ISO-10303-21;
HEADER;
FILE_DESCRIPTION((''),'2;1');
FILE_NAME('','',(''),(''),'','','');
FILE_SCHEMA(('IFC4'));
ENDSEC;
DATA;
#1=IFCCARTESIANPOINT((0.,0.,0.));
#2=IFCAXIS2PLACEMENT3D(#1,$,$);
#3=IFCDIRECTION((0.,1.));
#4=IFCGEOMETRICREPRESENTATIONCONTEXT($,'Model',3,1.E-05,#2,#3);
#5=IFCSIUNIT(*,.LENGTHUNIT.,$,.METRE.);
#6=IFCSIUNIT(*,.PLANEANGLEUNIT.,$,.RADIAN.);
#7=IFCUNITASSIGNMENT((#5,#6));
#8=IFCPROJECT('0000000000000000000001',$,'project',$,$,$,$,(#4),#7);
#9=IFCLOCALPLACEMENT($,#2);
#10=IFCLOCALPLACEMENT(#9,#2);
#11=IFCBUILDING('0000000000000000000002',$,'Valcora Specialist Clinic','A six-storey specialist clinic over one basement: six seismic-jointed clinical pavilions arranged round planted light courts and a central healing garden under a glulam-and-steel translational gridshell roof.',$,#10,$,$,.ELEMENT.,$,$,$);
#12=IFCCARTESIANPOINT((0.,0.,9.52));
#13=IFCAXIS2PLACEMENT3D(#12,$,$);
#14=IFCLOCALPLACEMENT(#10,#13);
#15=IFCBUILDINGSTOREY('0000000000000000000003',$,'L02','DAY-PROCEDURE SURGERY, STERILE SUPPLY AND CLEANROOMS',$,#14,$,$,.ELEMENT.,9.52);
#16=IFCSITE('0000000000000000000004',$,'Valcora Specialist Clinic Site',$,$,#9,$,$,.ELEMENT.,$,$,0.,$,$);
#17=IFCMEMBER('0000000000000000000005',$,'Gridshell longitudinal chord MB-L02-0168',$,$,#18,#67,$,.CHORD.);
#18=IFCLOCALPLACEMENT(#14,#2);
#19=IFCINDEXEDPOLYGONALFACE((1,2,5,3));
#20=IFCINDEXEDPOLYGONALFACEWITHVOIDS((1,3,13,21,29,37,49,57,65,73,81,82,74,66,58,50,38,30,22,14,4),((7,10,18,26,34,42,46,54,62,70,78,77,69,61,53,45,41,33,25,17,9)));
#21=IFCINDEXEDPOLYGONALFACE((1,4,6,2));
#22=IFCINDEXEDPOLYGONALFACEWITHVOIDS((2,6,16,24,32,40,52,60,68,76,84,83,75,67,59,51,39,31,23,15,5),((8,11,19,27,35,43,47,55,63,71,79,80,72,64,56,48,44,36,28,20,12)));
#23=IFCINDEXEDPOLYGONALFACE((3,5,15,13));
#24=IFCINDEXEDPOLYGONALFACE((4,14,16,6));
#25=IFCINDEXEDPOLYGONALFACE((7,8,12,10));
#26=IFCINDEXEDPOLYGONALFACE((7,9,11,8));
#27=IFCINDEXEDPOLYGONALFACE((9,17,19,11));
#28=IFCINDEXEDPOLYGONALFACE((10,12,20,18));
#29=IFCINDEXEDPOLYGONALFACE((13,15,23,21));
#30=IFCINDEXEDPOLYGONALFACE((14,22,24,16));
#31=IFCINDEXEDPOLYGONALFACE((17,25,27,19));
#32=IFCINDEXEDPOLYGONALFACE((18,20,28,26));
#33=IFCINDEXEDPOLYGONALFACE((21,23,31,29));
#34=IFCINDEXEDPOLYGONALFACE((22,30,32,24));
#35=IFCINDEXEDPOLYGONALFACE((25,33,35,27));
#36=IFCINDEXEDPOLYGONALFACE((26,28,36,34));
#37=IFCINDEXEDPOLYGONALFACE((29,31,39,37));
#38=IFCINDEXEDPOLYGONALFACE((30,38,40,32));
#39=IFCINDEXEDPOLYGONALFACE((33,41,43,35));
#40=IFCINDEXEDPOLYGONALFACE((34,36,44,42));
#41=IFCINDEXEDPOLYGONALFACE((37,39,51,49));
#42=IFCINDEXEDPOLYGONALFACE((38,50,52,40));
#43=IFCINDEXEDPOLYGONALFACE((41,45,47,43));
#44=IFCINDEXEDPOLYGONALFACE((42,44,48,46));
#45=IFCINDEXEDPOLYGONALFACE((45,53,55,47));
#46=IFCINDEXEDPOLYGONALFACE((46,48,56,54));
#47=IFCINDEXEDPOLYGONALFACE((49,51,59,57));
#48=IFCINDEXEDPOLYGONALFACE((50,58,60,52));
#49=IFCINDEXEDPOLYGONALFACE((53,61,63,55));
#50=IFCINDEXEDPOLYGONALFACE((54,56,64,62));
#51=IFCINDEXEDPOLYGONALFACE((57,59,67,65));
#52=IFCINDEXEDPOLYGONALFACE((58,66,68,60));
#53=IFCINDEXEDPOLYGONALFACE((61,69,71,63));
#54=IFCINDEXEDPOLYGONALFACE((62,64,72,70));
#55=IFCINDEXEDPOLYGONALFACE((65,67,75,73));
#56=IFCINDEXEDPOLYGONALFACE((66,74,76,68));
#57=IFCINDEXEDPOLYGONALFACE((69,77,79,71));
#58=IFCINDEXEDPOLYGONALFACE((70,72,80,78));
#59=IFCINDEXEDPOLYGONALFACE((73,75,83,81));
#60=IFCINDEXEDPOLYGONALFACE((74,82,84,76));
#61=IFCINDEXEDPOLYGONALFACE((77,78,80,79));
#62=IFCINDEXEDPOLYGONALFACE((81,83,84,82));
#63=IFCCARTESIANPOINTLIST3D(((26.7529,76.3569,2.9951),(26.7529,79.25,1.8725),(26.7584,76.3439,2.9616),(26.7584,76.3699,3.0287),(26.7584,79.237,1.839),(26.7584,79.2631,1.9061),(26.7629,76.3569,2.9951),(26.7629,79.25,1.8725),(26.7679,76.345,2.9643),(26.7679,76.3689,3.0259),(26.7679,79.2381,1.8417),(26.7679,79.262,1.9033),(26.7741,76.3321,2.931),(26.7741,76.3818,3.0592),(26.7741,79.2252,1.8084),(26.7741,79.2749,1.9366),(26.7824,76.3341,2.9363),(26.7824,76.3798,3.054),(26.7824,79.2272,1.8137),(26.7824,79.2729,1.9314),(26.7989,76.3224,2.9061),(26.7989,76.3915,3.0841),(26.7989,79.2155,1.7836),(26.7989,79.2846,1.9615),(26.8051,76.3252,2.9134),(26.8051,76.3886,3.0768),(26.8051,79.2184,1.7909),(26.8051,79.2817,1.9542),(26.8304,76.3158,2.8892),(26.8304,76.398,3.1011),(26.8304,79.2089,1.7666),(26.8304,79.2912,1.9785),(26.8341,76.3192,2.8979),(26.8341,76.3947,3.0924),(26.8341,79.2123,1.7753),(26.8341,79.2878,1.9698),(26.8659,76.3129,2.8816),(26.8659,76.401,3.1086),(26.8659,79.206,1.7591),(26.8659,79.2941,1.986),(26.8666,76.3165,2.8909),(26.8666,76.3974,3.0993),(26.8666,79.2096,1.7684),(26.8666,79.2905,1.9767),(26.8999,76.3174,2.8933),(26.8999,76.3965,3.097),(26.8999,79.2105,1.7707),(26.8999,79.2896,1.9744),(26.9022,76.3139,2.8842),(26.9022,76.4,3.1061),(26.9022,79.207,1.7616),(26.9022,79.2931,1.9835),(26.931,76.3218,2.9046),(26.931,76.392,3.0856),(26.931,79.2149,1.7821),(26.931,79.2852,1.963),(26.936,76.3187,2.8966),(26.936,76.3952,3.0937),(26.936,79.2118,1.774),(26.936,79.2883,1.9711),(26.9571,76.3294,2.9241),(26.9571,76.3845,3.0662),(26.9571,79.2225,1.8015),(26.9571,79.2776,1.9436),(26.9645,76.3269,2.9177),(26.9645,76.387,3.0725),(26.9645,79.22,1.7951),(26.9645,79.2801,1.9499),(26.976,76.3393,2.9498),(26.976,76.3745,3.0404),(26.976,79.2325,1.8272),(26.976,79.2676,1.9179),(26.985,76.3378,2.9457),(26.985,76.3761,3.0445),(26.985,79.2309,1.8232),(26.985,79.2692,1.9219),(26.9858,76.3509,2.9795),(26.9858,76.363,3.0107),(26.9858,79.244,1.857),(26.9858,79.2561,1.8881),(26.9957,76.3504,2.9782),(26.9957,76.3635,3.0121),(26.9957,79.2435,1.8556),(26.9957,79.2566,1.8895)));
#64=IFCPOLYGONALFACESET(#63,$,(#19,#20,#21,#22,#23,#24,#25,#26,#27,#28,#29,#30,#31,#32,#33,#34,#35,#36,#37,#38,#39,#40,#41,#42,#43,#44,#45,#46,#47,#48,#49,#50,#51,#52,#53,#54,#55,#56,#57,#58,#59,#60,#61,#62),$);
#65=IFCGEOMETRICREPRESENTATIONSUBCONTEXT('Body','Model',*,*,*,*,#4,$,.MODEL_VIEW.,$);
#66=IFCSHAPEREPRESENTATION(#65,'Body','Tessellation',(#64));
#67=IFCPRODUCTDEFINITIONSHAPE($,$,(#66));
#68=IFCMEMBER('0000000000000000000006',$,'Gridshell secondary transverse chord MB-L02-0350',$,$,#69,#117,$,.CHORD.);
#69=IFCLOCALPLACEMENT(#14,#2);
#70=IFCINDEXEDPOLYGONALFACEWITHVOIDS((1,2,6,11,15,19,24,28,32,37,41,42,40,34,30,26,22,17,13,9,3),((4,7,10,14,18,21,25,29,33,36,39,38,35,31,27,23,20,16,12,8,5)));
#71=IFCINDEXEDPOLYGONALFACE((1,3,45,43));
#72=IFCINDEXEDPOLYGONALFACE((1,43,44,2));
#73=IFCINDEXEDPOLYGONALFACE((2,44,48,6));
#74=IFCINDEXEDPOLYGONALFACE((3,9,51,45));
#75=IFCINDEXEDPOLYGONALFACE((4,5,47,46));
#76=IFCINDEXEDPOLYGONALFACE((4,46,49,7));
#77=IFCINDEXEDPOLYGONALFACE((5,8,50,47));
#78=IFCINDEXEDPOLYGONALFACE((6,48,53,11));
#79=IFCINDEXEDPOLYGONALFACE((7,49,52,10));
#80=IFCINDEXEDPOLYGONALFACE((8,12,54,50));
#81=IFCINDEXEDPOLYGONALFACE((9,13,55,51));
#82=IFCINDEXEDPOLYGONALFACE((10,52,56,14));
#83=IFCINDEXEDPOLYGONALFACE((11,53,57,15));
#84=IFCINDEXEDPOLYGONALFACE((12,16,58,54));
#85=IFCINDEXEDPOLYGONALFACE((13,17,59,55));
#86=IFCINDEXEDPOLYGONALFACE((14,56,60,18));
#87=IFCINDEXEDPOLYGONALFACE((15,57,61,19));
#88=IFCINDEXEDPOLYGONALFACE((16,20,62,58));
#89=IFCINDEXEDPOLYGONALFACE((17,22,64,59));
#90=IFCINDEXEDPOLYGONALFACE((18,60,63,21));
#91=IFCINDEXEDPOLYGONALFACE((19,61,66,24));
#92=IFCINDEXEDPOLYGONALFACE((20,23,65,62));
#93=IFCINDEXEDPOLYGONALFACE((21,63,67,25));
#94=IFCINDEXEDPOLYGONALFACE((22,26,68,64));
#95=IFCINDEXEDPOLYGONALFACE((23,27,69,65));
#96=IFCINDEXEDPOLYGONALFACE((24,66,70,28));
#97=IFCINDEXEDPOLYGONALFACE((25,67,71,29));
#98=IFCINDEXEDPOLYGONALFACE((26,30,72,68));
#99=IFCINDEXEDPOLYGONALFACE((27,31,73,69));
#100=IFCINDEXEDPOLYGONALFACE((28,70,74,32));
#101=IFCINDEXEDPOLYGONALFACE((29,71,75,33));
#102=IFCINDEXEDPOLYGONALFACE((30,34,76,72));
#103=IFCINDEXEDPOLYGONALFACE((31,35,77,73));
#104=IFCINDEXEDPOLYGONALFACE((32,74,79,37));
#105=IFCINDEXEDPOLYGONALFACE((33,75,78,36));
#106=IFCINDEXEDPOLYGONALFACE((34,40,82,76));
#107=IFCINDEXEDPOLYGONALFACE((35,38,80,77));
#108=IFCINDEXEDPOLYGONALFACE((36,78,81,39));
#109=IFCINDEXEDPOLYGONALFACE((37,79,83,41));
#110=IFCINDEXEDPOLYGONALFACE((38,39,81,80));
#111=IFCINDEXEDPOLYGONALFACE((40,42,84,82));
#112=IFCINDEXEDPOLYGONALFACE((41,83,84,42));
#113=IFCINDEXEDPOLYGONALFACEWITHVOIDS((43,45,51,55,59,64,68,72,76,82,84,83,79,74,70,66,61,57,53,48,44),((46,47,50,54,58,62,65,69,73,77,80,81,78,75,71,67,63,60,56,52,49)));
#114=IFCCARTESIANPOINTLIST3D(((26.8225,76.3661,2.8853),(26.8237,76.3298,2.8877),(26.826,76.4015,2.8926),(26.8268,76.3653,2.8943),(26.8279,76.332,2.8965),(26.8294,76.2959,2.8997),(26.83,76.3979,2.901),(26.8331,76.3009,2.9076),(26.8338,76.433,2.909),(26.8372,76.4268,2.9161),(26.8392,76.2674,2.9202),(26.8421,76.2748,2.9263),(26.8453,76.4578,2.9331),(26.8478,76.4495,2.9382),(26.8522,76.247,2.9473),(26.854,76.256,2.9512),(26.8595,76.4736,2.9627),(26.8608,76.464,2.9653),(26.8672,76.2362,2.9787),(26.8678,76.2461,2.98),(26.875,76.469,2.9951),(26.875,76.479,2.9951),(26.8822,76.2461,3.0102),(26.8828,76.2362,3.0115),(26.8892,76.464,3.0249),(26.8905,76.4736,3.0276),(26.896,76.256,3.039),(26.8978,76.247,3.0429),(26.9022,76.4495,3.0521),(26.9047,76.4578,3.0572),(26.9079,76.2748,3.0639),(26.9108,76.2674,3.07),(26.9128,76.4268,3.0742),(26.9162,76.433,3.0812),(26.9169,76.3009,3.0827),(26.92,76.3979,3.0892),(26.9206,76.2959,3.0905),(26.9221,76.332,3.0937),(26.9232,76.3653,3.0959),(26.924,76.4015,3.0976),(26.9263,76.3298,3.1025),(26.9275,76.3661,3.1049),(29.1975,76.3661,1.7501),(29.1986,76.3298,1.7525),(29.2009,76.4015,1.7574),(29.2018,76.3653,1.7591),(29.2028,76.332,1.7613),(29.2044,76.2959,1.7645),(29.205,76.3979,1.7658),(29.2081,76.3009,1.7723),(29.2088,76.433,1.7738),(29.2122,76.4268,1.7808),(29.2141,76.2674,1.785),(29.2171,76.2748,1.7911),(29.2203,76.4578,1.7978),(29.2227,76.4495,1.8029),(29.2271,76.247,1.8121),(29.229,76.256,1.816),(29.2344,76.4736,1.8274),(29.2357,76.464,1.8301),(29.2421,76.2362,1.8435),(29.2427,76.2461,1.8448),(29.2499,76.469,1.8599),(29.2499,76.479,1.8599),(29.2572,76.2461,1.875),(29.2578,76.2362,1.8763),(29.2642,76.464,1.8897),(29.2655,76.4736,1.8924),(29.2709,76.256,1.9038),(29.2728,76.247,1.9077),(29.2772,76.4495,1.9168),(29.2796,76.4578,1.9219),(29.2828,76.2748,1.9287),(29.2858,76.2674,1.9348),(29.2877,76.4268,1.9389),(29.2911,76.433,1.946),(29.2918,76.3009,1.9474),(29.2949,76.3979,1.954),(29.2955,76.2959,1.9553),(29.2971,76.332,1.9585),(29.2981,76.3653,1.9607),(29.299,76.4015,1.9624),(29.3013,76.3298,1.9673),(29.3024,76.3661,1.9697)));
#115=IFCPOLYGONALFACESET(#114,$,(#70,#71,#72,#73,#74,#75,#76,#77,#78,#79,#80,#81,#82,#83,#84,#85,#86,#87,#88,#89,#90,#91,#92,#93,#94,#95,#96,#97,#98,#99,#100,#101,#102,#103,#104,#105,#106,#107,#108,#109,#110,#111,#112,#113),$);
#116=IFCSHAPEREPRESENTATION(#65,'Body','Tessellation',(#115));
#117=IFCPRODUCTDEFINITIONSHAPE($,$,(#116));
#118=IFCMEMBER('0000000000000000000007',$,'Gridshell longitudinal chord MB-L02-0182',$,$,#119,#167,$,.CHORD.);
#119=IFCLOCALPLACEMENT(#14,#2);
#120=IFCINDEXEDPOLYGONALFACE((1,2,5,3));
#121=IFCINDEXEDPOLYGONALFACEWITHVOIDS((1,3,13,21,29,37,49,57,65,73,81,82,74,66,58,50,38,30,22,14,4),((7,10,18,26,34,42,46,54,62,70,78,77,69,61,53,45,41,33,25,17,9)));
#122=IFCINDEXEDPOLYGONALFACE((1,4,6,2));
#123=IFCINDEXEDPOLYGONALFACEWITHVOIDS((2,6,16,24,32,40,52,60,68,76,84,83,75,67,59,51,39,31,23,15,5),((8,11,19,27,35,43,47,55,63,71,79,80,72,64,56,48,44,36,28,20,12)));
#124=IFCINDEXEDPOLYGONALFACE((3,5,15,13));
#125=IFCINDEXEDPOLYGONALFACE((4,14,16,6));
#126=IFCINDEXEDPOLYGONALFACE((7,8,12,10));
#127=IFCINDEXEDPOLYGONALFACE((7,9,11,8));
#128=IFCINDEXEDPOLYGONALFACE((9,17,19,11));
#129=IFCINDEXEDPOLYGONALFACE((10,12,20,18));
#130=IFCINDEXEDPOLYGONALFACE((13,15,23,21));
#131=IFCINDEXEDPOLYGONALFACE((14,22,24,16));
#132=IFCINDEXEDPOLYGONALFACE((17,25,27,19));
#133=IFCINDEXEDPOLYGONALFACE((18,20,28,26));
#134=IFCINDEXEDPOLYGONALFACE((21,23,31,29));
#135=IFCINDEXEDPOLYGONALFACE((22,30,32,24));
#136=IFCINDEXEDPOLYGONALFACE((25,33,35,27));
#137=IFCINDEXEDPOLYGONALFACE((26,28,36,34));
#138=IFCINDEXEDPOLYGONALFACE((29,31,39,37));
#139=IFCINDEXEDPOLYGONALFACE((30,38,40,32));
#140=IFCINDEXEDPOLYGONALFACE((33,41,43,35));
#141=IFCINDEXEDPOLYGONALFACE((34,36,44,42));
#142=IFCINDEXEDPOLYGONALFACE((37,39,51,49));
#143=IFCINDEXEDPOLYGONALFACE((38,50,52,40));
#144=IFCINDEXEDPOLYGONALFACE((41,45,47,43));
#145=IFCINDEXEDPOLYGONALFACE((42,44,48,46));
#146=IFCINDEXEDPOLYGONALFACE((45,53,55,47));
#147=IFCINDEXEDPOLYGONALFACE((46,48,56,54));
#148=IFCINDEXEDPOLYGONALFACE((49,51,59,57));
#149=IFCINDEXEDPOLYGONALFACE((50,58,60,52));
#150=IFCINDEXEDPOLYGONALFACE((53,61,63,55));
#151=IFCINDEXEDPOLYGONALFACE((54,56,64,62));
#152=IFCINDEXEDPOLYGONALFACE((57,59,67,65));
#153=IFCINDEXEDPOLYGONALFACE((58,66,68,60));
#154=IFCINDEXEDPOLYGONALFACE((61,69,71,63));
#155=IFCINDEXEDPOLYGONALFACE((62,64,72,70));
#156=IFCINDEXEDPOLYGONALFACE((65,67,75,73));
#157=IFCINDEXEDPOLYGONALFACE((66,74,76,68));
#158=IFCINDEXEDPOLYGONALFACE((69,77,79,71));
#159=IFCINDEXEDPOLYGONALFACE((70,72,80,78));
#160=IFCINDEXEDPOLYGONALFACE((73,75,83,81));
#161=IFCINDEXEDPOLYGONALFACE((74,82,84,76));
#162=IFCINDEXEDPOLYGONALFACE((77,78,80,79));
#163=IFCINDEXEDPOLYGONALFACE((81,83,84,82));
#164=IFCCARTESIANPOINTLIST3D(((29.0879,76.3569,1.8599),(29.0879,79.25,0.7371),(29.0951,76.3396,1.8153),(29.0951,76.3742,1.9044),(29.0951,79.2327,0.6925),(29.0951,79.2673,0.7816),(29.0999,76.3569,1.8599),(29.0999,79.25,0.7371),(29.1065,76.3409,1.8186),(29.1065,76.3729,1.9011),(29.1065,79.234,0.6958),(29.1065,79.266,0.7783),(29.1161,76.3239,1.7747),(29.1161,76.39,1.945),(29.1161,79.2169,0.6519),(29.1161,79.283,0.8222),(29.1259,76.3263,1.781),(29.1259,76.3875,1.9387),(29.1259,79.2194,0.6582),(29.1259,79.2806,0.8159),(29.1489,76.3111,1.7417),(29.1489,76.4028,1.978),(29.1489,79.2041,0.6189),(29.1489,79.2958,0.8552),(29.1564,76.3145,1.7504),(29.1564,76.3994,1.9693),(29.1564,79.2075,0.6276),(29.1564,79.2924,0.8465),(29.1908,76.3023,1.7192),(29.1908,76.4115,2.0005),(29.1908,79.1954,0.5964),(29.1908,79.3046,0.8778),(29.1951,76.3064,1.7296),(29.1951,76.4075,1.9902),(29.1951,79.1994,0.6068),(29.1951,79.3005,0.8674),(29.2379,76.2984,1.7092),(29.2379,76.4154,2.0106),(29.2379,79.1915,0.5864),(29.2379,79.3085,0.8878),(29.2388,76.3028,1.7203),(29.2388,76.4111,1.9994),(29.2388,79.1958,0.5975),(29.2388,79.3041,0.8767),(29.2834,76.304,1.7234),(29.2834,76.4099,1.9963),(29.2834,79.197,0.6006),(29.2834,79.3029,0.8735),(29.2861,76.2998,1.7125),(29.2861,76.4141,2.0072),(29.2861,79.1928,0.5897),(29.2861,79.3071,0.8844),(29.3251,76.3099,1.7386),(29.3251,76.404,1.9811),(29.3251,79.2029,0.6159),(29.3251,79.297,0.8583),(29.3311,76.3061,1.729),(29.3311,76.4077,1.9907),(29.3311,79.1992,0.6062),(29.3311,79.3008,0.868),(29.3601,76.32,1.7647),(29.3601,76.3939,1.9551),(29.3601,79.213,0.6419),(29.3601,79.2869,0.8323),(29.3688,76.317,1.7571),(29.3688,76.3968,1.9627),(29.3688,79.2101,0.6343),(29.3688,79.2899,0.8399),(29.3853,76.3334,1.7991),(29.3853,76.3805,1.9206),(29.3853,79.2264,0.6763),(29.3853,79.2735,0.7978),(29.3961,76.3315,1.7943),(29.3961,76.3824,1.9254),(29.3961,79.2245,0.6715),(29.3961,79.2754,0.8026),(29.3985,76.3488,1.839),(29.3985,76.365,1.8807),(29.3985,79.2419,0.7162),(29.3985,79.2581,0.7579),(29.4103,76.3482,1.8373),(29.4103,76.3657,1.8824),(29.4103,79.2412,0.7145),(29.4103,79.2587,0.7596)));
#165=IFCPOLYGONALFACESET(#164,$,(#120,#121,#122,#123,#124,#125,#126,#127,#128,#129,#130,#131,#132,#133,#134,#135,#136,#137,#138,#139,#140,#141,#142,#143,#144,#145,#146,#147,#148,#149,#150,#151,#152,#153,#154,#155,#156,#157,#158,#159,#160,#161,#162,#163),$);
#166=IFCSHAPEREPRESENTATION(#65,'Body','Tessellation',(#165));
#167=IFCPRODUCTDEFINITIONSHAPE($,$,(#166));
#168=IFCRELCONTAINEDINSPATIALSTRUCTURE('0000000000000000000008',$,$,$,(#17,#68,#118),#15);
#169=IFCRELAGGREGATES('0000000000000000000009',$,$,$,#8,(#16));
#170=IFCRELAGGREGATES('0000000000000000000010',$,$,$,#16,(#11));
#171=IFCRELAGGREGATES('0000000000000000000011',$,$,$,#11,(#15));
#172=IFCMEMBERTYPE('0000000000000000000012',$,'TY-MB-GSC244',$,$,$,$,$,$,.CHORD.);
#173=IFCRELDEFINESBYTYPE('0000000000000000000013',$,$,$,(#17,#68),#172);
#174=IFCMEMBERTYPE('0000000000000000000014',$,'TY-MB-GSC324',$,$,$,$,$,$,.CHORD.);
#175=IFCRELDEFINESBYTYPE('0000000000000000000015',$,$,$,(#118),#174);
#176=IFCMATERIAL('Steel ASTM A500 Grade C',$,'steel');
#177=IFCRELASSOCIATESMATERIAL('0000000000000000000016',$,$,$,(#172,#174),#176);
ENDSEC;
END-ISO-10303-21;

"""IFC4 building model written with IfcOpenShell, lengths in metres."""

from ifc_helpers import new_model, si_unit, direction, frame, origin, origin_2d, place, context, subcontext, project, spatial, hollow_circle, extrude, material, material_profile, profile_set, type_object, element, save


model = new_model("IFC4")

# Units and contexts
model_context = context("Model", 3, precision=1e-05, world=origin(), true_north=direction((0.0, 1.0)))
body_context = subcontext(model_context, "Body", "Model", "MODEL_VIEW")
ifc_project = project(units=[si_unit("LENGTHUNIT", "METRE"), si_unit("PLANEANGLEUNIT", "RADIAN")], contexts=[model_context])

# Site, building, storey
site_placement = place(None, origin())
site = spatial("IfcSite", under=ifc_project, at=site_placement, Name="Valcora Specialist Clinic Site", CompositionType="ELEMENT", RefElevation=0.0)
building_placement = place(site_placement, origin())
building = spatial("IfcBuilding", under=site, at=building_placement, Name="Valcora Specialist Clinic", Description="A six-storey specialist clinic over one basement: six seismic-jointed clinical pavilions arranged round planted light courts and a central healing garden under a glulam-and-steel translational gridshell roof.", CompositionType="ELEMENT")
storey_placement = place(building_placement, frame((0.0, 0.0, 9.52)))
storey = spatial("IfcBuildingStorey", under=building, at=storey_placement, Name="L02", Description="DAY-PROCEDURE SURGERY, STERILE SUPPLY AND CLEANROOMS", CompositionType="ELEMENT", Elevation=9.52)

# Members
ifc_material_1 = material(Name="Steel ASTM A500 Grade C", Category="steel")
ifc_material_profile_1 = material_profile(ifc_material_1, hollow_circle(Radius=0.1221, WallThickness=0.01, at=origin_2d()), Name="ST-CHS-244X10")
ifc_profile_set_1 = profile_set([ifc_material_profile_1], Name="Steel ASTM A500 Grade C")
member_type_1 = type_object("IfcMemberType", Name="TY-MB-GSC244", PredefinedType="CHORD", material=ifc_profile_set_1)
member_1_placement = place(storey_placement, frame((26.875, 76.3569, 2.9951), z_axis=(0.0, 0.932279, -0.36174), x_axis=(-1.0, 0.0, 0.0)))
element("IfcMember", 1, at=member_1_placement, inside=storey, type_object=member_type_1, Name="Gridshell longitudinal chord MB-L02-0168", PredefinedType="CHORD", context=body_context, shape_type="SweptSolid", body=[
    extrude(hollow_circle(Radius=0.1221, WallThickness=0.01, at=origin_2d()), origin(), (0.0, 0.0, 1.0), 3.1033),
])
member_2_placement = place(storey_placement, frame((26.875, 76.3569, 2.9951), z_axis=(0.902225, 0.0, -0.431265), x_axis=(0.0, 1.0, 0.0)))
element("IfcMember", 2, at=member_2_placement, inside=storey, type_object=member_type_1, Name="Gridshell secondary transverse chord MB-L02-0350", PredefinedType="CHORD", context=body_context, shape_type="SweptSolid", body=[
    extrude(hollow_circle(Radius=0.1221, WallThickness=0.01, at=origin_2d()), origin(), (0.0, 0.0, 1.0), 2.6323),
])
ifc_material_profile_2 = material_profile(ifc_material_1, hollow_circle(Radius=0.1621, WallThickness=0.012, at=origin_2d()), Name="ST-CHS-324X12")
ifc_profile_set_2 = profile_set([ifc_material_profile_2], Name="Steel ASTM A500 Grade C")
member_type_2 = type_object("IfcMemberType", Name="TY-MB-GSC324", PredefinedType="CHORD", material=ifc_profile_set_2)
member_3_placement = place(storey_placement, frame((29.25, 76.3569, 1.8599), z_axis=(0.0, 0.932252, -0.361808), x_axis=(-1.0, 0.0, 0.0)))
element("IfcMember", 3, at=member_3_placement, inside=storey, type_object=member_type_2, Name="Gridshell longitudinal chord MB-L02-0182", PredefinedType="CHORD", context=body_context, shape_type="SweptSolid", body=[
    extrude(hollow_circle(Radius=0.1621, WallThickness=0.012, at=origin_2d()), origin(), (0.0, 0.0, 1.0), 3.1033),
])

save(model, "model.ifc")
